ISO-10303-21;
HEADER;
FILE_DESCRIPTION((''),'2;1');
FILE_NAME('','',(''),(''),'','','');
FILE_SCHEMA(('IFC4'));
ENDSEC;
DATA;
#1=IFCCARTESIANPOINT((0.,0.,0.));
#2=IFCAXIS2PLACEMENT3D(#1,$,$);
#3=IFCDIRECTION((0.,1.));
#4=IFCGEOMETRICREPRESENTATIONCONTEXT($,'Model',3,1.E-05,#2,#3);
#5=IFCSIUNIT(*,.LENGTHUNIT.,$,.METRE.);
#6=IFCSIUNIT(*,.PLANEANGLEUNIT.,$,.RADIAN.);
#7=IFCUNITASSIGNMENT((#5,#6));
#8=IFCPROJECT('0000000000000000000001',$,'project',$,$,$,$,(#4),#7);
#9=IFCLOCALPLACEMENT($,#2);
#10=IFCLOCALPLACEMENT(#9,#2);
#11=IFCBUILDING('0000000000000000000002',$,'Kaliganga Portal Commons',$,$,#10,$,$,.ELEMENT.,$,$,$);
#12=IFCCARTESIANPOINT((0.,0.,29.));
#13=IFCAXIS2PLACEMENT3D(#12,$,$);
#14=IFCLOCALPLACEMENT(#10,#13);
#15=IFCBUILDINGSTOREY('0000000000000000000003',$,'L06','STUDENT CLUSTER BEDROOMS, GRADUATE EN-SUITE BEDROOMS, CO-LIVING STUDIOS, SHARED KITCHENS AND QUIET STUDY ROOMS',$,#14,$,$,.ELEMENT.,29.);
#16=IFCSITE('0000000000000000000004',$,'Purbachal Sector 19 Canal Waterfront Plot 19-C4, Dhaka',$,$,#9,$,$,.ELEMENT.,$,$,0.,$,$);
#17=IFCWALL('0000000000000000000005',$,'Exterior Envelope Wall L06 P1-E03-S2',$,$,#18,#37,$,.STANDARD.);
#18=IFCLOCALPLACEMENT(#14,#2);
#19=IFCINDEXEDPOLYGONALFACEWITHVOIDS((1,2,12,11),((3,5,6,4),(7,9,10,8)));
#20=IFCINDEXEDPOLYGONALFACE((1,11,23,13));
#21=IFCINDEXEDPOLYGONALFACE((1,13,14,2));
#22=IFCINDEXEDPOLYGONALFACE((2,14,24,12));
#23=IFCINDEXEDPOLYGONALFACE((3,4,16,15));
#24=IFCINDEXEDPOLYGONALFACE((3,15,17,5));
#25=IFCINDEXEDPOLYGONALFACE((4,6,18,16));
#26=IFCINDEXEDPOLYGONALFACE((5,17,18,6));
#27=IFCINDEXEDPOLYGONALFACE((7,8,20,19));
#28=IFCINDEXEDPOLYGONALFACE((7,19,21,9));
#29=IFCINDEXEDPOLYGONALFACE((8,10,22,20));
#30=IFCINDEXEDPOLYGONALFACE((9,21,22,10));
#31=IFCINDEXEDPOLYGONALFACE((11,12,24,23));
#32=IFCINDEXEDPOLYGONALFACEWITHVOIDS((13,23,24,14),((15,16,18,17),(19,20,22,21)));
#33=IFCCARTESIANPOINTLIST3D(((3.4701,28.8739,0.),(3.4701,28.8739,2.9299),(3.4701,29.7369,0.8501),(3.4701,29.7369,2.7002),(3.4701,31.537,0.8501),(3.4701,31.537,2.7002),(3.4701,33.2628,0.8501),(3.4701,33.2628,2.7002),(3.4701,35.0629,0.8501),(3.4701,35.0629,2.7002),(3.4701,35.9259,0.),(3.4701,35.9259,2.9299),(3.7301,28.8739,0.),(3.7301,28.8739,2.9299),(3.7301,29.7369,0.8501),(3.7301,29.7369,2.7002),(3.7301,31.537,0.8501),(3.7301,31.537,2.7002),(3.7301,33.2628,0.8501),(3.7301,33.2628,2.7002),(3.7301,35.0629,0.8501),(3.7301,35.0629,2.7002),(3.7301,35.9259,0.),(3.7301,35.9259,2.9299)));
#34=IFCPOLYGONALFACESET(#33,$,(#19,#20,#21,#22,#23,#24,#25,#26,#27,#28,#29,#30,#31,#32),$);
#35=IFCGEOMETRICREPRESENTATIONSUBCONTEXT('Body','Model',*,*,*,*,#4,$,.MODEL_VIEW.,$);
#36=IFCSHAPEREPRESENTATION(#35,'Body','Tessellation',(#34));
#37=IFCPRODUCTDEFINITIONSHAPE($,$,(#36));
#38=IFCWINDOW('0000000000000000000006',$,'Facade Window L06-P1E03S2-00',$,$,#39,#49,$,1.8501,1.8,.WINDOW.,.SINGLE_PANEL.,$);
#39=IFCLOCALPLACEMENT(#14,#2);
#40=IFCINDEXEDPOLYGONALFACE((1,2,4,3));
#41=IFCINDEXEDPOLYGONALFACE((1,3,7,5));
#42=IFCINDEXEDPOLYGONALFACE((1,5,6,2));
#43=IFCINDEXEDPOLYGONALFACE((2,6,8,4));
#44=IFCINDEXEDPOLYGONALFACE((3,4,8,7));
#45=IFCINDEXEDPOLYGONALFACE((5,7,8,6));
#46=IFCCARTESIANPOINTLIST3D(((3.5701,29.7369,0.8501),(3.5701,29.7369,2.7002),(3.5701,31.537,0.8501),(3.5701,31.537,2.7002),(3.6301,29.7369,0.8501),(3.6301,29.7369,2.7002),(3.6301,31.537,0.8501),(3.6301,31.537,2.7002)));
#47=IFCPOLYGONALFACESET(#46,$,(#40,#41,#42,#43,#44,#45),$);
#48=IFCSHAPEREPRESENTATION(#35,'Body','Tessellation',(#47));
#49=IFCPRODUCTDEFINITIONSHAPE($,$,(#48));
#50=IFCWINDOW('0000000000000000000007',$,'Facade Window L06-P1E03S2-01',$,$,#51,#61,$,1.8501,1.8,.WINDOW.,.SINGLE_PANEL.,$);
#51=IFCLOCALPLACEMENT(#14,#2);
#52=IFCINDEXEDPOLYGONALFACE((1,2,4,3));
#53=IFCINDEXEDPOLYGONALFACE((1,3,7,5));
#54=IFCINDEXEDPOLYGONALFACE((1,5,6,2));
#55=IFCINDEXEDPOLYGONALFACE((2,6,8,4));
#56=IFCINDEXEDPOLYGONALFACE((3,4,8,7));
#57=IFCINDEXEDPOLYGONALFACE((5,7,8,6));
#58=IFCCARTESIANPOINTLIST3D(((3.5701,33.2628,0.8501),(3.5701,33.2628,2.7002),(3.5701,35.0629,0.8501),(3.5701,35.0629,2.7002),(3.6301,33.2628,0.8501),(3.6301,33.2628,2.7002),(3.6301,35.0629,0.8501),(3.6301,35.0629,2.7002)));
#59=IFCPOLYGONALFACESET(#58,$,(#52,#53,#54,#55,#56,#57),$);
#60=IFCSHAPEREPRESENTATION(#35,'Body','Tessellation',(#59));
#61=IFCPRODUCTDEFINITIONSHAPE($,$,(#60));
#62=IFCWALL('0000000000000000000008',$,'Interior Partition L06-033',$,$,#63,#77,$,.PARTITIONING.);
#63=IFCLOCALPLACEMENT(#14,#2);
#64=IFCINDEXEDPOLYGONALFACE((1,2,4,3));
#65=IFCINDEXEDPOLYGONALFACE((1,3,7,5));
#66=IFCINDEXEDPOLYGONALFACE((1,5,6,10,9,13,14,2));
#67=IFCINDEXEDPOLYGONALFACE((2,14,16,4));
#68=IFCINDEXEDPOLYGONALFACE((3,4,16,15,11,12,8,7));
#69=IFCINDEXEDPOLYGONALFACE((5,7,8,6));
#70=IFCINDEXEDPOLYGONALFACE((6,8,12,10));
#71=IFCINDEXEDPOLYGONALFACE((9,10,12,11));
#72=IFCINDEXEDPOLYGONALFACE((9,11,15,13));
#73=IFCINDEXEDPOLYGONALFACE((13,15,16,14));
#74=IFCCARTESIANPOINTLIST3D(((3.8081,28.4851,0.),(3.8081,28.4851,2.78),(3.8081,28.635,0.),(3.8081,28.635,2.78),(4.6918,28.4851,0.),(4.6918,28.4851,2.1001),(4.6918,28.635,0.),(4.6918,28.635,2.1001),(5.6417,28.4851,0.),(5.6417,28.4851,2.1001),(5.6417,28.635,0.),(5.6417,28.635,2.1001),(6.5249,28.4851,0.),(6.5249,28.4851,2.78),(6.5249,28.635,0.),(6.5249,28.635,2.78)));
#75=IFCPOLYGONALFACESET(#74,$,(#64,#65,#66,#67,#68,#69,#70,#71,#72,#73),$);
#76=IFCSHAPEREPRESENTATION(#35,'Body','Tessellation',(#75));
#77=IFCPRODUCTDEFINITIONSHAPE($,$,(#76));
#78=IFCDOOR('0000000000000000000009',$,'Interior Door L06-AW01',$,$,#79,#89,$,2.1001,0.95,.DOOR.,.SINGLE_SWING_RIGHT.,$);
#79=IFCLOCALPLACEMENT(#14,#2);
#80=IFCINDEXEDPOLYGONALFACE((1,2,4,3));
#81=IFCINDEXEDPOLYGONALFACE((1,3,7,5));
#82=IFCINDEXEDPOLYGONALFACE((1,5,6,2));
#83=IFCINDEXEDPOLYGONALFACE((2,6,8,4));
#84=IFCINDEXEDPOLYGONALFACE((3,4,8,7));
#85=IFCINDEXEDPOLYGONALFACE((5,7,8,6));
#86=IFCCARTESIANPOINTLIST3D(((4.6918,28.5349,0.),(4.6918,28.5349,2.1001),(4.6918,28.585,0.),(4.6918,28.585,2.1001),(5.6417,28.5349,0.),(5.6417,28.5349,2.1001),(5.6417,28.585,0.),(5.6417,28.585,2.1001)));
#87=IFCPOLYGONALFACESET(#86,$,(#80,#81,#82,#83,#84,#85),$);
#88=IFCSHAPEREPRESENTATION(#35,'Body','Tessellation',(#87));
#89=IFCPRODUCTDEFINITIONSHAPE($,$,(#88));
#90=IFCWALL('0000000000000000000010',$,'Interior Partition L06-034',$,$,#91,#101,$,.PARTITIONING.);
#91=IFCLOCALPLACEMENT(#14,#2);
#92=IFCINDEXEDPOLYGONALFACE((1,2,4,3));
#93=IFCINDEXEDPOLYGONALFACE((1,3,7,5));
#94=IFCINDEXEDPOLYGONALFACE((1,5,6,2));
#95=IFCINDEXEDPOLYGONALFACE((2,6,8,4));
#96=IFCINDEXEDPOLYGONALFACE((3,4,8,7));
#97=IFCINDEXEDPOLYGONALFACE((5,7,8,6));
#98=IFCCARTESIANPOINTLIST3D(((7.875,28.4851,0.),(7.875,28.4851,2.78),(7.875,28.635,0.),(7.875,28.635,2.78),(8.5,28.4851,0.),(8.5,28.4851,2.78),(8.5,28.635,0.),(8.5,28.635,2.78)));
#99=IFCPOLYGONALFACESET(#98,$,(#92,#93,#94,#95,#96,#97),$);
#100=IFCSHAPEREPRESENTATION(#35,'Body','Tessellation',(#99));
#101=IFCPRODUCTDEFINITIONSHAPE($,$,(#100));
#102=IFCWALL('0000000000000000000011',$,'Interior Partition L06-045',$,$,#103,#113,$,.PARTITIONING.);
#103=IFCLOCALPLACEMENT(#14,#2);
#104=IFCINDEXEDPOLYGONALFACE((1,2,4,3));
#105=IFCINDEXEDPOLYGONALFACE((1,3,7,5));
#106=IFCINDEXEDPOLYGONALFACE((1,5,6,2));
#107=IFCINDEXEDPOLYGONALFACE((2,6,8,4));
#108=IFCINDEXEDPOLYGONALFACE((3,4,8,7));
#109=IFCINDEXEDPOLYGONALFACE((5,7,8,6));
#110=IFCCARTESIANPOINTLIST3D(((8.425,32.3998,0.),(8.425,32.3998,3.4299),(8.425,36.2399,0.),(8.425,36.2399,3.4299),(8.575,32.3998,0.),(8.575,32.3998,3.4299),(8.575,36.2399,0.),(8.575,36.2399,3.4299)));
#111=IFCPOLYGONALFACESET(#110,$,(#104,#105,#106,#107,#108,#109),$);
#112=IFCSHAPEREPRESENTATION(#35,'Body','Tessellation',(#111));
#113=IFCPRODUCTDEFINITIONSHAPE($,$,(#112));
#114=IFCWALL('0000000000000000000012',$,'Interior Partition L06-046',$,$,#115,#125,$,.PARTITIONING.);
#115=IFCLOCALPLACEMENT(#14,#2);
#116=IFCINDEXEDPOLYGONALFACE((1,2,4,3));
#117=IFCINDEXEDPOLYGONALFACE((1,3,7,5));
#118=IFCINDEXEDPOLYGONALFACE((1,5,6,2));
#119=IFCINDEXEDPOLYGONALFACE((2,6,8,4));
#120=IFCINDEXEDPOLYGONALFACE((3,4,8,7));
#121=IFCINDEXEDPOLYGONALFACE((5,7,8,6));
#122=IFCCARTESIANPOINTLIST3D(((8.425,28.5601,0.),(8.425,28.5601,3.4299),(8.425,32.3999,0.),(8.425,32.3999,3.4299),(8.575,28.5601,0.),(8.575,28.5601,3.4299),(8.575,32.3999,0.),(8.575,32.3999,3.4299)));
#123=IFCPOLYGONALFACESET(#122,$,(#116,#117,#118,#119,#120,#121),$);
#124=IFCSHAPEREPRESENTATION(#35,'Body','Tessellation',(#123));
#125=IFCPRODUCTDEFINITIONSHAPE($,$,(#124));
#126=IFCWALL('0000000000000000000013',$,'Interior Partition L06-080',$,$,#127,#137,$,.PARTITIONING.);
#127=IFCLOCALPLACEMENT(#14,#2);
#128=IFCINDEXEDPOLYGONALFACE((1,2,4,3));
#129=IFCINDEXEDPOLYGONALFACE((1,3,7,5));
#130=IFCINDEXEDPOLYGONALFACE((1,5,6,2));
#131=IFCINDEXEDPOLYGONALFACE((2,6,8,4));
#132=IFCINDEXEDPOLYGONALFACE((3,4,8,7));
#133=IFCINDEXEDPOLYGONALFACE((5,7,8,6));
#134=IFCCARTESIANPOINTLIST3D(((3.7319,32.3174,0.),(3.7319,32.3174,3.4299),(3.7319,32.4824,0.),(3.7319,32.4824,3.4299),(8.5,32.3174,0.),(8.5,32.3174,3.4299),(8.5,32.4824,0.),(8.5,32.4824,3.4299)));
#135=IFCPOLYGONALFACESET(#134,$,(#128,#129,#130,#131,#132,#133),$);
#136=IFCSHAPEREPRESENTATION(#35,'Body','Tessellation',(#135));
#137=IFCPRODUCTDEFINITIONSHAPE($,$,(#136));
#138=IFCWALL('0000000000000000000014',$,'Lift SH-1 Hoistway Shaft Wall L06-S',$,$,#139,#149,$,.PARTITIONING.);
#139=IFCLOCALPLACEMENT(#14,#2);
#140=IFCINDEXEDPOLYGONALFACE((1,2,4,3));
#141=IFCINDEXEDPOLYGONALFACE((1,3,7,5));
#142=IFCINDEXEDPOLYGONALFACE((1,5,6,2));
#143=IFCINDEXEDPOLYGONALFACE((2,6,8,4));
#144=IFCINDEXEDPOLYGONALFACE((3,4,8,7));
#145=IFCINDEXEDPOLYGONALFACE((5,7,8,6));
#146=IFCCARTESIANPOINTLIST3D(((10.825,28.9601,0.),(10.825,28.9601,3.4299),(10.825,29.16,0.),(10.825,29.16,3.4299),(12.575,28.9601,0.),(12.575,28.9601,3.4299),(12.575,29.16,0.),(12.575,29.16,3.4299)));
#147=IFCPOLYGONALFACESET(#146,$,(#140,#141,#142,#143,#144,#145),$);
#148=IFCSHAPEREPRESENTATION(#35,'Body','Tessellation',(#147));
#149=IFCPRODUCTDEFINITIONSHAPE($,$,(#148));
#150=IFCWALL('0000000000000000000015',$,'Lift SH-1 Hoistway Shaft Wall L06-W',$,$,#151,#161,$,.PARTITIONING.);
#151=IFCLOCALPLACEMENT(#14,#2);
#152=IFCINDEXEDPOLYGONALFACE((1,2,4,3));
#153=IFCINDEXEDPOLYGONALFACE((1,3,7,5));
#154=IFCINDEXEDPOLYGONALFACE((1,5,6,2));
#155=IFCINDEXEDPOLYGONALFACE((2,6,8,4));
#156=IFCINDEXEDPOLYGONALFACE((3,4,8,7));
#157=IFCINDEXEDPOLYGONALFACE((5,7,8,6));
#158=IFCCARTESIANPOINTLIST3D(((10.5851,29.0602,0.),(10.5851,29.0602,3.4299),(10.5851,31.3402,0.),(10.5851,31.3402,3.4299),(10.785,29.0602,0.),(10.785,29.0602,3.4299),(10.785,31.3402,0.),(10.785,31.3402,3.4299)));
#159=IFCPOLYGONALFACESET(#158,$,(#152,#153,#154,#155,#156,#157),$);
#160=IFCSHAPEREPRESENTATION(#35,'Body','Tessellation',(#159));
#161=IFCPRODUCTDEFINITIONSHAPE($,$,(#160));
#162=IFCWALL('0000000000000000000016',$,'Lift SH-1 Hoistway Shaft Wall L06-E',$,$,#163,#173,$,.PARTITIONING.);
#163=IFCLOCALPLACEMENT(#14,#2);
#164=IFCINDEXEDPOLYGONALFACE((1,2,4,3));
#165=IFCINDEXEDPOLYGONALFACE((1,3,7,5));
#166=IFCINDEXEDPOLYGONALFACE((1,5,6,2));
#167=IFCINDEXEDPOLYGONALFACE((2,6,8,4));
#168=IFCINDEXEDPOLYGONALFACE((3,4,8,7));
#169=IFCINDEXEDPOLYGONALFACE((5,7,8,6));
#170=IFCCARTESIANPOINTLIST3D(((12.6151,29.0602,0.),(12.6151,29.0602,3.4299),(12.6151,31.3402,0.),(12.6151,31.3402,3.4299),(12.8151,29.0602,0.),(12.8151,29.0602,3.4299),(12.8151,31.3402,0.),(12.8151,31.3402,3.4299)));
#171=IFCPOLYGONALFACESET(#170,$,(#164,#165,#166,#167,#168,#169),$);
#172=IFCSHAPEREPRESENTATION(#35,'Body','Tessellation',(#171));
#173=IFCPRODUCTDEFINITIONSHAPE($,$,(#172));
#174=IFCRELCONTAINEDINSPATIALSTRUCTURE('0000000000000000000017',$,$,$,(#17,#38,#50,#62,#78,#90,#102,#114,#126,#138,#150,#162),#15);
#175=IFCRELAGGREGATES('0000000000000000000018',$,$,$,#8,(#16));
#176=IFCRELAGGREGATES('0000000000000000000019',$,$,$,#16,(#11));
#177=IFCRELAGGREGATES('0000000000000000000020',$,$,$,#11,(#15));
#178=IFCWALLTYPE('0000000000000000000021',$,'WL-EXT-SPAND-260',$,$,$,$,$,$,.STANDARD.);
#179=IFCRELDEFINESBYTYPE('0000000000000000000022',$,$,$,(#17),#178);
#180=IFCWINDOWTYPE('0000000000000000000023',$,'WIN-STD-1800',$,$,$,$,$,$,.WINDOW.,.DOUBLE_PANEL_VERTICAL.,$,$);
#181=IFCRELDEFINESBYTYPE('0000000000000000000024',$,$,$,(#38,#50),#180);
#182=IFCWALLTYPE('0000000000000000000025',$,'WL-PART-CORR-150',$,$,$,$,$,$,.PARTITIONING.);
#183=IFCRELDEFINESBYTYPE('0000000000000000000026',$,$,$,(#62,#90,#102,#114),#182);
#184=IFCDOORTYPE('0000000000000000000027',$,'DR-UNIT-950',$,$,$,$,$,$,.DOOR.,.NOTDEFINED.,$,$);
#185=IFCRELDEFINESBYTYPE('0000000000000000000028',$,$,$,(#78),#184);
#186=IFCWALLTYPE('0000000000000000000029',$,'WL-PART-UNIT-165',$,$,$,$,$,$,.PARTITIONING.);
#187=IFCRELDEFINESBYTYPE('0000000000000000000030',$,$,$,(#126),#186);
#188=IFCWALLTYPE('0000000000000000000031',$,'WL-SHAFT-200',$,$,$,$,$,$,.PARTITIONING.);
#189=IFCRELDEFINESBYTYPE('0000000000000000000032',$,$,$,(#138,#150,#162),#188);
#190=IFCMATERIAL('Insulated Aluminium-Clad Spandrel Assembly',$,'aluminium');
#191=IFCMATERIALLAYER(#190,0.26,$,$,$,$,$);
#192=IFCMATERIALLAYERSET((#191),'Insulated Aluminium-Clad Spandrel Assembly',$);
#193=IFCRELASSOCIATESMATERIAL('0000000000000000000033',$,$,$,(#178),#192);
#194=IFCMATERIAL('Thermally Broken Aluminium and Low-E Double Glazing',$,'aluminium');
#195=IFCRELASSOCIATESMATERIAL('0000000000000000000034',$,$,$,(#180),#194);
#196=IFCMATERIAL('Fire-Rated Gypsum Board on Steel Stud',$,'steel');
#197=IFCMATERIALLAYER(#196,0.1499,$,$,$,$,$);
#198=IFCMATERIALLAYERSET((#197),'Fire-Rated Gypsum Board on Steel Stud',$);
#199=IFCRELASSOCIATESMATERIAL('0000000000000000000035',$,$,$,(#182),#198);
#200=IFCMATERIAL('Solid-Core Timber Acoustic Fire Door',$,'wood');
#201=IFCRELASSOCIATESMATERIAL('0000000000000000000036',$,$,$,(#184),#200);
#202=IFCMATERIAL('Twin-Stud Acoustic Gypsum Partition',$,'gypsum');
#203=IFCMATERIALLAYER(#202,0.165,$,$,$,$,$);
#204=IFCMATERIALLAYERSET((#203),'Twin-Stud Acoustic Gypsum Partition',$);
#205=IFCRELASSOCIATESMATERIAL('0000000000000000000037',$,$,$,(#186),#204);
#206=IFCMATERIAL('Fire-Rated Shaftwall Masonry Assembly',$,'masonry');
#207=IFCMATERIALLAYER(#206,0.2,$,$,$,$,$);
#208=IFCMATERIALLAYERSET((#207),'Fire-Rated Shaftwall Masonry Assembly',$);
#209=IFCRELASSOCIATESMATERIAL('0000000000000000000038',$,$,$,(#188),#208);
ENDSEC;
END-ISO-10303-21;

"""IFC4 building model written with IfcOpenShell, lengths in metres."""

from ifc_helpers import new_model, si_unit, direction, frame, frame_2d, origin, place, context, subcontext, project, spatial, rectangle, extrude, material, layer, layer_set, type_object, element, fill, save


model = new_model("IFC4")

# Units and contexts
model_context = context("Model", 3, precision=1e-05, world=origin(), true_north=direction((0.0, 1.0)))
body_context = subcontext(model_context, "Body", "Model", "MODEL_VIEW")
ifc_project = project(units=[si_unit("LENGTHUNIT", "METRE"), si_unit("PLANEANGLEUNIT", "RADIAN")], contexts=[model_context])

# Site, building, storey
site_placement = place(None, origin())
site = spatial("IfcSite", under=ifc_project, at=site_placement, Name="Purbachal Sector 19 Canal Waterfront Plot 19-C4, Dhaka", CompositionType="ELEMENT", RefElevation=0.0)
building_placement = place(site_placement, origin())
building = spatial("IfcBuilding", under=site, at=building_placement, Name="Kaliganga Portal Commons", CompositionType="ELEMENT")
storey_placement = place(building_placement, frame((0.0, 0.0, 29.0)))
storey = spatial("IfcBuildingStorey", under=building, at=storey_placement, Name="L06", Description="STUDENT CLUSTER BEDROOMS, GRADUATE EN-SUITE BEDROOMS, CO-LIVING STUDIOS, SHARED KITCHENS AND QUIET STUDY ROOMS", CompositionType="ELEMENT", Elevation=29.0)

# Wall, openings, windows
ifc_material_1 = material(Name="Insulated Aluminium-Clad Spandrel Assembly", Category="aluminium")
ifc_layer_1 = layer(ifc_material_1, 0.26)
ifc_layer_set_1 = layer_set([ifc_layer_1], Name="Insulated Aluminium-Clad Spandrel Assembly")
wall_type_1 = type_object("IfcWallType", Name="WL-EXT-SPAND-260", PredefinedType="STANDARD", material=ifc_layer_set_1)
wall_1_placement = place(storey_placement, frame((3.6001, 28.874, 0.0), z_axis=(0.0, 0.0, 1.0), x_axis=(0.0, 1.0, 0.0)))
wall_1 = element("IfcWall", 1, at=wall_1_placement, inside=storey, type_object=wall_type_1, Name="Exterior Envelope Wall L06 P1-E03-S2", PredefinedType="STANDARD", context=body_context, shape_type="SweptSolid", body=[
    extrude(rectangle(XDim=7.052, YDim=0.26, at=frame_2d((3.5259, 0.0))), origin(), (0.0, 0.0, 1.0), 2.9299),
])
opening_1_placement = place(wall_1_placement, frame((0.863, 0.0, 0.8501)))
opening_1 = element("IfcOpeningElement", 2, at=opening_1_placement, cuts=wall_1, PredefinedType="OPENING", context=body_context, shape_type="SweptSolid", body=[
    extrude(rectangle(XDim=1.8, YDim=1.8501, at=frame_2d((0.8999, 0.925))), frame((0.0, 0.1401, 0.0), z_axis=(0.0, -1.0, 0.0), x_axis=(1.0, 0.0, 0.0)), (0.0, 0.0, 1.0), 0.28),
])
opening_2_placement = place(wall_1_placement, frame((4.3889, 0.0, 0.8501)))
opening_2 = element("IfcOpeningElement", 3, at=opening_2_placement, cuts=wall_1, PredefinedType="OPENING", context=body_context, shape_type="SweptSolid", body=[
    extrude(rectangle(XDim=1.8, YDim=1.8501, at=frame_2d((0.8999, 0.925))), frame((0.0, 0.1401, 0.0), z_axis=(0.0, -1.0, 0.0), x_axis=(1.0, 0.0, 0.0)), (0.0, 0.0, 1.0), 0.28),
])
ifc_material_2 = material(Name="Thermally Broken Aluminium and Low-E Double Glazing", Category="aluminium")
window_type = type_object("IfcWindowType", Name="WIN-STD-1800", PartitioningType="DOUBLE_PANEL_VERTICAL", PredefinedType="WINDOW", material=ifc_material_2)
window_1_placement = place(opening_1_placement, origin())
window_1 = element("IfcWindow", 4, at=window_1_placement, inside=storey, type_object=window_type, Name="Facade Window L06-P1E03S2-00", OverallHeight=1.8501, OverallWidth=1.8, PartitioningType="SINGLE_PANEL", PredefinedType="WINDOW", context=body_context, shape_type="SweptSolid", body=[
    extrude(rectangle(XDim=1.8, YDim=1.8501, at=frame_2d((0.8999, 0.925))), frame((0.0, 0.03, 0.0), z_axis=(0.0, -1.0, 0.0), x_axis=(1.0, 0.0, 0.0)), (0.0, 0.0, 1.0), 0.0601),
])
fill(opening_1, window_1)
window_2_placement = place(opening_2_placement, origin())
window_2 = element("IfcWindow", 5, at=window_2_placement, inside=storey, type_object=window_type, Name="Facade Window L06-P1E03S2-01", OverallHeight=1.8501, OverallWidth=1.8, PartitioningType="SINGLE_PANEL", PredefinedType="WINDOW", context=body_context, shape_type="SweptSolid", body=[
    extrude(rectangle(XDim=1.8, YDim=1.8501, at=frame_2d((0.8999, 0.925))), frame((0.0, 0.03, 0.0), z_axis=(0.0, -1.0, 0.0), x_axis=(1.0, 0.0, 0.0)), (0.0, 0.0, 1.0), 0.0601),
])
fill(opening_2, window_2)

# Wall, opening, door
ifc_material_3 = material(Name="Fire-Rated Gypsum Board on Steel Stud", Category="steel")
ifc_layer_2 = layer(ifc_material_3, 0.1499)
ifc_layer_set_2 = layer_set([ifc_layer_2], Name="Fire-Rated Gypsum Board on Steel Stud")
wall_type_2 = type_object("IfcWallType", Name="WL-PART-CORR-150", PredefinedType="PARTITIONING", material=ifc_layer_set_2)
wall_2_placement = place(storey_placement, frame((3.8081, 28.5601, 0.0), z_axis=(0.0, 0.0, 1.0), x_axis=(1.0, 0.0, 0.0)))
wall_2 = element("IfcWall", 6, at=wall_2_placement, inside=storey, type_object=wall_type_2, Name="Interior Partition L06-033", PredefinedType="PARTITIONING", context=body_context, shape_type="SweptSolid", body=[
    extrude(rectangle(XDim=2.7168, YDim=0.1499, at=frame_2d((1.3584, 0.0))), origin(), (0.0, 0.0, 1.0), 2.78),
])
opening_3_placement = place(wall_2_placement, frame((0.8835, 0.0, 0.0)))
opening_3 = element("IfcOpeningElement", 7, at=opening_3_placement, cuts=wall_2, PredefinedType="OPENING", context=body_context, shape_type="SweptSolid", body=[
    extrude(rectangle(XDim=0.95, YDim=2.1001, at=frame_2d((0.4751, 1.05))), frame((0.0, 0.085, 0.0), z_axis=(0.0, -1.0, 0.0), x_axis=(1.0, 0.0, 0.0)), (0.0, 0.0, 1.0), 0.1699),
])
ifc_material_4 = material(Name="Solid-Core Timber Acoustic Fire Door", Category="wood")
door_type_1 = type_object("IfcDoorType", Name="DR-UNIT-950", OperationType="NOTDEFINED", PredefinedType="DOOR", material=ifc_material_4)
door_1_placement = place(opening_3_placement, origin())
door_1 = element("IfcDoor", 8, at=door_1_placement, inside=storey, type_object=door_type_1, Name="Interior Door L06-AW01", OperationType="SINGLE_SWING_RIGHT", OverallHeight=2.1001, OverallWidth=0.95, PredefinedType="DOOR", context=body_context, shape_type="SweptSolid", body=[
    extrude(rectangle(XDim=0.95, YDim=2.1001, at=frame_2d((0.4751, 1.05))), frame((0.0, 0.0249, 0.0), z_axis=(0.0, -1.0, 0.0), x_axis=(1.0, 0.0, 0.0)), (0.0, 0.0, 1.0), 0.05),
])
fill(opening_3, door_1)

# Walls
wall_3_placement = place(storey_placement, frame((7.875, 28.5601, 0.0), z_axis=(0.0, 0.0, 1.0), x_axis=(1.0, 0.0, 0.0)))
element("IfcWall", 9, at=wall_3_placement, inside=storey, type_object=wall_type_2, Name="Interior Partition L06-034", PredefinedType="PARTITIONING", context=body_context, shape_type="SweptSolid", body=[
    extrude(rectangle(XDim=0.625, YDim=0.1499, at=frame_2d((0.3125, 0.0))), origin(), (0.0, 0.0, 1.0), 2.78),
])
wall_4_placement = place(storey_placement, frame((8.5, 32.3999, 0.0), z_axis=(0.0, 0.0, 1.0), x_axis=(0.0, 1.0, 0.0)))
element("IfcWall", 10, at=wall_4_placement, inside=storey, type_object=wall_type_2, Name="Interior Partition L06-045", PredefinedType="PARTITIONING", context=body_context, shape_type="SweptSolid", body=[
    extrude(rectangle(XDim=3.8401, YDim=0.1499, at=frame_2d((1.9199, 0.0))), origin(), (0.0, 0.0, 1.0), 3.4299),
])
wall_5_placement = place(storey_placement, frame((8.5, 28.5601, 0.0), z_axis=(0.0, 0.0, 1.0), x_axis=(0.0, 1.0, 0.0)))
element("IfcWall", 11, at=wall_5_placement, inside=storey, type_object=wall_type_2, Name="Interior Partition L06-046", PredefinedType="PARTITIONING", context=body_context, shape_type="SweptSolid", body=[
    extrude(rectangle(XDim=3.8398, YDim=0.1499, at=frame_2d((1.9199, 0.0))), origin(), (0.0, 0.0, 1.0), 3.4299),
])
ifc_material_5 = material(Name="Twin-Stud Acoustic Gypsum Partition", Category="gypsum")
ifc_layer_3 = layer(ifc_material_5, 0.165)
ifc_layer_set_3 = layer_set([ifc_layer_3], Name="Twin-Stud Acoustic Gypsum Partition")
wall_type_3 = type_object("IfcWallType", Name="WL-PART-UNIT-165", PredefinedType="PARTITIONING", material=ifc_layer_set_3)
wall_6_placement = place(storey_placement, frame((3.7319, 32.3999, 0.0), z_axis=(0.0, 0.0, 1.0), x_axis=(1.0, 0.0, 0.0)))
element("IfcWall", 12, at=wall_6_placement, inside=storey, type_object=wall_type_3, Name="Interior Partition L06-080", PredefinedType="PARTITIONING", context=body_context, shape_type="SweptSolid", body=[
    extrude(rectangle(XDim=4.7681, YDim=0.165, at=frame_2d((2.384, 0.0))), origin(), (0.0, 0.0, 1.0), 3.4299),
])
ifc_material_6 = material(Name="Fire-Rated Shaftwall Masonry Assembly", Category="masonry")
ifc_layer_4 = layer(ifc_material_6, 0.2)
ifc_layer_set_4 = layer_set([ifc_layer_4], Name="Fire-Rated Shaftwall Masonry Assembly")
wall_type_4 = type_object("IfcWallType", Name="WL-SHAFT-200", PredefinedType="PARTITIONING", material=ifc_layer_set_4)
wall_7_placement = place(storey_placement, frame((10.825, 29.0601, 0.0), z_axis=(0.0, 0.0, 1.0), x_axis=(1.0, 0.0, 0.0)))
element("IfcWall", 13, at=wall_7_placement, inside=storey, type_object=wall_type_4, Name="Lift SH-1 Hoistway Shaft Wall L06-S", PredefinedType="PARTITIONING", context=body_context, shape_type="SweptSolid", body=[
    extrude(rectangle(XDim=1.75, YDim=0.2, at=frame_2d((0.875, 0.0))), origin(), (0.0, 0.0, 1.0), 3.4299),
])

# Walls
for number, where, z_axis, x_axis, name in (
    (14, (10.6851, 29.0601, 0.0), (0.0, 0.0, 1.0), (0.0, 1.0, 0.0), "Lift SH-1 Hoistway Shaft Wall L06-W"),
    (15, (12.7151, 29.0601, 0.0), (0.0, 0.0, 1.0), (0.0, 1.0, 0.0), "Lift SH-1 Hoistway Shaft Wall L06-E"),
):
    element("IfcWall", number, at=place(storey_placement, frame(where, z_axis=z_axis, x_axis=x_axis)), inside=storey, type_object=wall_type_4, Name=name, PredefinedType="PARTITIONING", context=body_context, shape_type="SweptSolid", body=[
        extrude(rectangle(XDim=2.28, YDim=0.2, at=frame_2d((1.1401, 0.0))), origin(), (0.0, 0.0, 1.0), 3.4299),
    ])

save(model, "model.ifc")
